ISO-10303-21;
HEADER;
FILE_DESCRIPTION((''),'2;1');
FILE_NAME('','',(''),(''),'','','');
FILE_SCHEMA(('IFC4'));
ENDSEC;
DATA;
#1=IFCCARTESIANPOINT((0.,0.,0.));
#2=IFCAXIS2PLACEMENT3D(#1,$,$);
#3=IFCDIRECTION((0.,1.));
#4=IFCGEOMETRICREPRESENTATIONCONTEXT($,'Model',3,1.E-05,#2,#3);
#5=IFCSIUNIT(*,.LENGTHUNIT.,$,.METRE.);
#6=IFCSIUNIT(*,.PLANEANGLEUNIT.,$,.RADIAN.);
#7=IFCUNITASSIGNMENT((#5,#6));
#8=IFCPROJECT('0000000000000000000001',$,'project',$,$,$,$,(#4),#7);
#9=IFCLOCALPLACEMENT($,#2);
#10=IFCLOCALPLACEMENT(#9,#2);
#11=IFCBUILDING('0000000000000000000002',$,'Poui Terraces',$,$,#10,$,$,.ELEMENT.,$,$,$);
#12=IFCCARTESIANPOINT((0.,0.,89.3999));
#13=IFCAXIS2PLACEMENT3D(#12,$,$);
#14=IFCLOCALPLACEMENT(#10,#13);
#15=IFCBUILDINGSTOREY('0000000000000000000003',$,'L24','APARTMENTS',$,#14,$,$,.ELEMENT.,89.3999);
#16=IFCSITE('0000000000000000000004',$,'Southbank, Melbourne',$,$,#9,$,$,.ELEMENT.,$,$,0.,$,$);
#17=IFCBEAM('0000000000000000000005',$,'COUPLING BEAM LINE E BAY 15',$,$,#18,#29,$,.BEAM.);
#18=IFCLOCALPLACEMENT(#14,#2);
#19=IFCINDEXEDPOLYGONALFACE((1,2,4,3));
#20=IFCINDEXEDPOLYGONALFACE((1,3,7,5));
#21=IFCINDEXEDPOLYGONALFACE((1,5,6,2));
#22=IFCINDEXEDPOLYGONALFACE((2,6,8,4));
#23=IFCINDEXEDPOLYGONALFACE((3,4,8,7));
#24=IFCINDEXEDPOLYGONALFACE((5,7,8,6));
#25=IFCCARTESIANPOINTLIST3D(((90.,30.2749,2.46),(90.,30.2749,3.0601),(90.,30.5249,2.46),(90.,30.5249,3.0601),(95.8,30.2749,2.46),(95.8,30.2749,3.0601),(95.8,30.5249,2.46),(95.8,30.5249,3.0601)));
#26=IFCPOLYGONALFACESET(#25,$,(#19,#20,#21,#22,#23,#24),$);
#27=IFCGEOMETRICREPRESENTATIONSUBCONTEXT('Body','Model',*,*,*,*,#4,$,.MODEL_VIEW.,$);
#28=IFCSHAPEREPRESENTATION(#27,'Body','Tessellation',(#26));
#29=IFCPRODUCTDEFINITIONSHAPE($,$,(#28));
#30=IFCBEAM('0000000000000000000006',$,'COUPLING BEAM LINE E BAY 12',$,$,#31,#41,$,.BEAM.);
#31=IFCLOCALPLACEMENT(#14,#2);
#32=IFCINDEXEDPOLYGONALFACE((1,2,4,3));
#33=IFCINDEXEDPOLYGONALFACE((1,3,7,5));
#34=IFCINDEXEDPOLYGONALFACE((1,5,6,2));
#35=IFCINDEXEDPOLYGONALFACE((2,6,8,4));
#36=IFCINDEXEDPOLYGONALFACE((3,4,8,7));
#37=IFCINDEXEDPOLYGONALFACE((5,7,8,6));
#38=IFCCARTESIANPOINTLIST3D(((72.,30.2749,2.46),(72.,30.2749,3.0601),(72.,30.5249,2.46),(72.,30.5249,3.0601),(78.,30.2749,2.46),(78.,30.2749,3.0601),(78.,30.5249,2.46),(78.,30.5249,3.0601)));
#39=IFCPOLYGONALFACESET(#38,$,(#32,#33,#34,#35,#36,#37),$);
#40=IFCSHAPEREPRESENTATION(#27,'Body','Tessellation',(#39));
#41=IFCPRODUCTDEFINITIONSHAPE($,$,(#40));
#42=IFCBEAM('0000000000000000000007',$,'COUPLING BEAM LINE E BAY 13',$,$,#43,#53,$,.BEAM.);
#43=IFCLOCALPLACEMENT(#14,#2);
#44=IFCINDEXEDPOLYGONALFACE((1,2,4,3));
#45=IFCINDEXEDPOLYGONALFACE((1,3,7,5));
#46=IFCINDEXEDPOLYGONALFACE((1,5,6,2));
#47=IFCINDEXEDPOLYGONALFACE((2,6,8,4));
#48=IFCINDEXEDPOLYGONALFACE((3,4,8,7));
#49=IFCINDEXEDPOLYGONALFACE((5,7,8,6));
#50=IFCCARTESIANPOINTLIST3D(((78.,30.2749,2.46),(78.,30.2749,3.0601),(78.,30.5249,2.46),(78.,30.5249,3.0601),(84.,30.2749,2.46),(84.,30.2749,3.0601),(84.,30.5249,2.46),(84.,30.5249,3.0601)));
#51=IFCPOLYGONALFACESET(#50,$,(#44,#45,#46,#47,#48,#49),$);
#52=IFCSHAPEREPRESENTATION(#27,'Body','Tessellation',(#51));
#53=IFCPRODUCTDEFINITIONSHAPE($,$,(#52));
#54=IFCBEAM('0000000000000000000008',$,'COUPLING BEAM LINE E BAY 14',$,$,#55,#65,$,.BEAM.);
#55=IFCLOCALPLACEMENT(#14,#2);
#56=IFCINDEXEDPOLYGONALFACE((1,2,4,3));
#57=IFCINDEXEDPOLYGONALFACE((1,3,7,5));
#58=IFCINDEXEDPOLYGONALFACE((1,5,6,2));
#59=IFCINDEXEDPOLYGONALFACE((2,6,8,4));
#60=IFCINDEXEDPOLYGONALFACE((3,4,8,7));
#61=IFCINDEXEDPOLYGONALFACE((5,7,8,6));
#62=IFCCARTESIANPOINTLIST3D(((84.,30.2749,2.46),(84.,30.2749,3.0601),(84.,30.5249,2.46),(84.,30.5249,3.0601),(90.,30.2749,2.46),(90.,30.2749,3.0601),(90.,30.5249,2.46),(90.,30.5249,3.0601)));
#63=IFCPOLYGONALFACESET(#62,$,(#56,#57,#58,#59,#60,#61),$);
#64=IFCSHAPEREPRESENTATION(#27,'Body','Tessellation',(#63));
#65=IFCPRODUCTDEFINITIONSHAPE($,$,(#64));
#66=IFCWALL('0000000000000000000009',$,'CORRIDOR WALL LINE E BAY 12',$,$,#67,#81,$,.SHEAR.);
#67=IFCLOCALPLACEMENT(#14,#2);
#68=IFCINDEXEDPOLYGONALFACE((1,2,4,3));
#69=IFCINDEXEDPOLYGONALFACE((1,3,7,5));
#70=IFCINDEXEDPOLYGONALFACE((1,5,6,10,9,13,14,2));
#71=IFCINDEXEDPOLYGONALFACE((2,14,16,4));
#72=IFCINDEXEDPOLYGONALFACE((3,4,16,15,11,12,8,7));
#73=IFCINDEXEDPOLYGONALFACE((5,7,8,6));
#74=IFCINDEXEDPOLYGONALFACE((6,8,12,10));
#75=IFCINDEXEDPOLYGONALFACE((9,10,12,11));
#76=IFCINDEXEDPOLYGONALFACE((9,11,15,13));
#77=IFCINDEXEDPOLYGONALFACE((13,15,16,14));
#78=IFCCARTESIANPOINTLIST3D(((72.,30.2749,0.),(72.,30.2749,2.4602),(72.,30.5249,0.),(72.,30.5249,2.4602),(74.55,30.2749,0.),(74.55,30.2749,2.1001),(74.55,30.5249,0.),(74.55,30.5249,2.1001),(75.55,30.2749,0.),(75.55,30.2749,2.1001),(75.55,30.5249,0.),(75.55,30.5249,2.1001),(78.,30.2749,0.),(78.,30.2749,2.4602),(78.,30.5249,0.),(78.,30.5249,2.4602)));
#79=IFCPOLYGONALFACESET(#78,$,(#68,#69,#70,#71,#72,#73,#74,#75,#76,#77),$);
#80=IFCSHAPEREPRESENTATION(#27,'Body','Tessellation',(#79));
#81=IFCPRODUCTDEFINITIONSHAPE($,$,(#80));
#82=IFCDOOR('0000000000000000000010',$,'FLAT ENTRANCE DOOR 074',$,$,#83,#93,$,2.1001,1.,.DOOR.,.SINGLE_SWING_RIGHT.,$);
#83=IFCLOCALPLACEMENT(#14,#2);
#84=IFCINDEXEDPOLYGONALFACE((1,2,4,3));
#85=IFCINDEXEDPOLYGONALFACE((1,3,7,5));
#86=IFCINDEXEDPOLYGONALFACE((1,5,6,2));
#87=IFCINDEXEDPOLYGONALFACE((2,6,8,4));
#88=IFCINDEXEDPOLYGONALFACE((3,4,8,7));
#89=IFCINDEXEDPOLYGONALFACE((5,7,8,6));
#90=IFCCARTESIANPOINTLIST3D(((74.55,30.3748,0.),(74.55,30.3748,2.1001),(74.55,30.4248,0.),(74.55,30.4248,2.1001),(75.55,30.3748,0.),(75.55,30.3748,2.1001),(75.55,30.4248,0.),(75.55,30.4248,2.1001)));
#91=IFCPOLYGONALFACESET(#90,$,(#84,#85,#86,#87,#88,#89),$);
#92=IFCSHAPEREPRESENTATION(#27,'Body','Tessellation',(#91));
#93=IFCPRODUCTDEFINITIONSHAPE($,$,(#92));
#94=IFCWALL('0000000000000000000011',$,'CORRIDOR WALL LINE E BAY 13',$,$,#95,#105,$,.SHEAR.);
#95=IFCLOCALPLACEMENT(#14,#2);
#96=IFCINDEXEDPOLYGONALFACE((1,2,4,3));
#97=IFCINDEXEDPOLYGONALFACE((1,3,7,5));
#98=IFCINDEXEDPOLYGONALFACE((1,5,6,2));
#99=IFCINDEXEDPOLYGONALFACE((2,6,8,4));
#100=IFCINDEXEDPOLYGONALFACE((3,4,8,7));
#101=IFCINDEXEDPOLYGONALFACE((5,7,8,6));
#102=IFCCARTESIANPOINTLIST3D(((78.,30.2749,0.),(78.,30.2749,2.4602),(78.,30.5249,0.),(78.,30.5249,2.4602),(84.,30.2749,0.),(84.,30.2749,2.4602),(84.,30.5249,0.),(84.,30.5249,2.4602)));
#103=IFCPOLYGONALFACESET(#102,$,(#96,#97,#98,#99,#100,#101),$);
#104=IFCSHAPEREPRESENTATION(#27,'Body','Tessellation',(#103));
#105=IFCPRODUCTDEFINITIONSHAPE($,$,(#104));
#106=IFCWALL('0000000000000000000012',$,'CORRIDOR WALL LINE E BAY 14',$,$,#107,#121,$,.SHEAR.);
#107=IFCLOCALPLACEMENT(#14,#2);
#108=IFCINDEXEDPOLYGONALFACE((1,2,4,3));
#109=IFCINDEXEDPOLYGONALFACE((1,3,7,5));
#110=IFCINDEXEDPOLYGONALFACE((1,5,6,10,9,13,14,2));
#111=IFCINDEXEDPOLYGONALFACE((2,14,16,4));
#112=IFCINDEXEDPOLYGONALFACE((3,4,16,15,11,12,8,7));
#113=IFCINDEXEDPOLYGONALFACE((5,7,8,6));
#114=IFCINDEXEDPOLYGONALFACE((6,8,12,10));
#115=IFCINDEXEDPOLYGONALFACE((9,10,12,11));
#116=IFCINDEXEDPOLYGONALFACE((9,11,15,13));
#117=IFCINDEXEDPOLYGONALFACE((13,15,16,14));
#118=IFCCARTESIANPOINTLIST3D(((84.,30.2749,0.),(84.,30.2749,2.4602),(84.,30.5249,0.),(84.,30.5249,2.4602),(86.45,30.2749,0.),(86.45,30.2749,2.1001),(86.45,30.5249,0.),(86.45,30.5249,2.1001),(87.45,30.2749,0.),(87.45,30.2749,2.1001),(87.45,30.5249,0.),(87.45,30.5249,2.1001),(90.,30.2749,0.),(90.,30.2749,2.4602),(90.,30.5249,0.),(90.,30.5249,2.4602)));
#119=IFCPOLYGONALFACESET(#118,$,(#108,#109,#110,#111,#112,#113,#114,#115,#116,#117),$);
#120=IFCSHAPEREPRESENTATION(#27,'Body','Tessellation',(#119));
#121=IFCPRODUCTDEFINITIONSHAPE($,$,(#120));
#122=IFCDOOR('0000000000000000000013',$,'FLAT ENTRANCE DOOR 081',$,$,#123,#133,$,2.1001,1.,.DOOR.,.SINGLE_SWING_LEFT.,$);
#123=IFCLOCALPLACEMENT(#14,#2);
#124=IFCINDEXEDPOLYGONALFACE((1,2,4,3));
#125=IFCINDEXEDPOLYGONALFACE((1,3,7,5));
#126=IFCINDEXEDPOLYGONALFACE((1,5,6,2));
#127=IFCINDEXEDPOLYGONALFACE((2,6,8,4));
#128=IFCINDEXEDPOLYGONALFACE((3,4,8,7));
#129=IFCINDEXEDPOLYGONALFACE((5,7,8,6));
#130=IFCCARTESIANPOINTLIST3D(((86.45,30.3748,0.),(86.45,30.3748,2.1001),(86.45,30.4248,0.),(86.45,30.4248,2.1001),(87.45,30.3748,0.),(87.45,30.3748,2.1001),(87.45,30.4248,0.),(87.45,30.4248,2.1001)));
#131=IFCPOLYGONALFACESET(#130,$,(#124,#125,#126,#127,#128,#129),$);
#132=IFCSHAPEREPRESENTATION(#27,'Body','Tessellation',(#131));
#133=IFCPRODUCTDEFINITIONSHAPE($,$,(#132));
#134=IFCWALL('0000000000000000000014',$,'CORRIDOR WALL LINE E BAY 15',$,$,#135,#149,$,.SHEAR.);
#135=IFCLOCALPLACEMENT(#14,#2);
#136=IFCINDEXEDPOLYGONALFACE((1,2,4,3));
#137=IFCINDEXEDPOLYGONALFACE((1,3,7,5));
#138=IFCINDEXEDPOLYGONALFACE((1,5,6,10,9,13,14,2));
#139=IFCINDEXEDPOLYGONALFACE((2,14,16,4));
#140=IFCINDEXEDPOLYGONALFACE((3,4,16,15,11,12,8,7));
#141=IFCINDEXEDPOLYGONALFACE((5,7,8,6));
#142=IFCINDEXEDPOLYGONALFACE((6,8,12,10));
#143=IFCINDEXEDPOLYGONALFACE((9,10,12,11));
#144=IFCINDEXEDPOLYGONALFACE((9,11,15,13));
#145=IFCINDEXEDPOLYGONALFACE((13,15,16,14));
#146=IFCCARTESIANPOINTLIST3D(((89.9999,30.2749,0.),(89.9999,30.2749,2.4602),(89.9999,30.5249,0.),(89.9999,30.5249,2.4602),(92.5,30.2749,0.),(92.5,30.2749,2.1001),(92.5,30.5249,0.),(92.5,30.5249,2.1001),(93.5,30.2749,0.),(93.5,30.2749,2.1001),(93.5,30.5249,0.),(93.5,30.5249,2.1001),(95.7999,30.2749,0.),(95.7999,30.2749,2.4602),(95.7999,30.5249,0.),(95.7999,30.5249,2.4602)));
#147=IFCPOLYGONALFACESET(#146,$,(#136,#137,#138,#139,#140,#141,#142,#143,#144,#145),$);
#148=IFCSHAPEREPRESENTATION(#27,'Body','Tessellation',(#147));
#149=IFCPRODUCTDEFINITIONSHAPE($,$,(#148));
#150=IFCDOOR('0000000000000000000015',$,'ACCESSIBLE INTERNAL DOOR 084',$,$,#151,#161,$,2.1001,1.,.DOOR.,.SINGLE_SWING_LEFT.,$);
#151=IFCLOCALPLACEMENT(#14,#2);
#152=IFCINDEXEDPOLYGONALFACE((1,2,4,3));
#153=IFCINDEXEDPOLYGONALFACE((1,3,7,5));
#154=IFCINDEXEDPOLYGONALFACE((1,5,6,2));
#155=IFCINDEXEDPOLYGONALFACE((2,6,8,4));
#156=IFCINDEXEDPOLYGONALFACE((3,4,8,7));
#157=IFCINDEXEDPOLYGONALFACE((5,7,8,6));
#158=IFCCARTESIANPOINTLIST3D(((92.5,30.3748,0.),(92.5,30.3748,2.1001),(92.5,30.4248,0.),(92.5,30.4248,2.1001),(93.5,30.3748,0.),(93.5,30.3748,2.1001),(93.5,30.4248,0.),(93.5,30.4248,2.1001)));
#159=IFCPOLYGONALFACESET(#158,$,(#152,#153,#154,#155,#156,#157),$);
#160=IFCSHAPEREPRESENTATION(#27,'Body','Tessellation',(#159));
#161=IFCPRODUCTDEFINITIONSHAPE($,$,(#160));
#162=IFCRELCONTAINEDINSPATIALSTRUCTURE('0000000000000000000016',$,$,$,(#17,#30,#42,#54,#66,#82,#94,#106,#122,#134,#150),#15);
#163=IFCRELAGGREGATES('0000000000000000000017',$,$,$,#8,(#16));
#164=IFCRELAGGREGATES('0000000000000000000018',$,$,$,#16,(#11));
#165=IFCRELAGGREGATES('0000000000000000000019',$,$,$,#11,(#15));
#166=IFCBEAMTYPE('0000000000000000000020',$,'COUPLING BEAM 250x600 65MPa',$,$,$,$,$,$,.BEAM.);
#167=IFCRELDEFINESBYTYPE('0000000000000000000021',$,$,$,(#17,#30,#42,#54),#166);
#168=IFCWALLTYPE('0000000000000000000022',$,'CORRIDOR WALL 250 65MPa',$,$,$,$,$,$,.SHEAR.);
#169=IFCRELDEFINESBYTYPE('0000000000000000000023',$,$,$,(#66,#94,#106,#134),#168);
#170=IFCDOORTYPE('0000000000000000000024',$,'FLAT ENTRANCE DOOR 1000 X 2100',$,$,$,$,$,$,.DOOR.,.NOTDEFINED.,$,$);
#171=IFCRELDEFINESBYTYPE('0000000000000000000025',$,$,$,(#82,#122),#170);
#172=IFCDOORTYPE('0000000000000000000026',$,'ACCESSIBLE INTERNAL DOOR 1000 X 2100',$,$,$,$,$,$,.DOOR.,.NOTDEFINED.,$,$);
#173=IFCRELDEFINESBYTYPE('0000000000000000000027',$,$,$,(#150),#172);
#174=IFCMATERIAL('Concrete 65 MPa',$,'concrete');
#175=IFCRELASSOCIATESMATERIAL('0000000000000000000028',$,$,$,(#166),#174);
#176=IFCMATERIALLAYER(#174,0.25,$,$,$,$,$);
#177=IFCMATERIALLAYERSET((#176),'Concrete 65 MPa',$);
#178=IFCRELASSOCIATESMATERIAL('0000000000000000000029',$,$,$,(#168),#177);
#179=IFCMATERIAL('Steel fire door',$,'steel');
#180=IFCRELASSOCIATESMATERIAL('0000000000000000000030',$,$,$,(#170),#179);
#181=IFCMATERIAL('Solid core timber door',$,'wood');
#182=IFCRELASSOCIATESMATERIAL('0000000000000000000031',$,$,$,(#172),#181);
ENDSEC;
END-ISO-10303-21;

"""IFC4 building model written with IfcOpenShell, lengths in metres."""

from ifc_helpers import new_model, si_unit, direction, frame, frame_2d, origin, origin_2d, place, context, subcontext, project, spatial, rectangle, extrude, source, transform, mapped, material, layer, layer_set, material_profile, profile_set, type_object, element, fill, save


model = new_model("IFC4")

# Units and contexts
model_context = context("Model", 3, precision=1e-05, world=origin(), true_north=direction((0.0, 1.0)))
body_context = subcontext(model_context, "Body", "Model", "MODEL_VIEW")
ifc_project = project(units=[si_unit("LENGTHUNIT", "METRE"), si_unit("PLANEANGLEUNIT", "RADIAN")], contexts=[model_context])

# Site, building, storey
site_placement = place(None, origin())
site = spatial("IfcSite", under=ifc_project, at=site_placement, Name="Southbank, Melbourne", CompositionType="ELEMENT", RefElevation=0.0)
building_placement = place(site_placement, origin())
building = spatial("IfcBuilding", under=site, at=building_placement, Name="Poui Terraces", CompositionType="ELEMENT")
storey_placement = place(building_placement, frame((0.0, 0.0, 89.3999)))
storey = spatial("IfcBuildingStorey", under=building, at=storey_placement, Name="L24", Description="APARTMENTS", CompositionType="ELEMENT", Elevation=89.3999)

# Beams
ifc_material_1 = material(Name="Concrete 65 MPa", Category="concrete")
ifc_material_profile = material_profile(ifc_material_1, rectangle(XDim=0.25, YDim=0.6001, at=origin_2d()), Name="RC 250x600")
ifc_profile_set = profile_set([ifc_material_profile], Name="Concrete 65 MPa")
beam_type = type_object("IfcBeamType", Name="COUPLING BEAM 250x600 65MPa", PredefinedType="BEAM", material=ifc_profile_set)
shared_shape_1 = source(origin(), body_context, "Body", "SweptSolid", [
    extrude(rectangle(XDim=0.25, YDim=0.6001, at=origin_2d()), origin(), (0.0, 0.0, 1.0), 5.8),
])
beam_placement = place(storey_placement, frame((90.0, 30.3999, 2.76), z_axis=(1.0, 0.0, 0.0), x_axis=(0.0, 1.0, 0.0)))
element("IfcBeam", 1, at=beam_placement, inside=storey, type_object=beam_type, Name="COUPLING BEAM LINE E BAY 15", PredefinedType="BEAM", context=body_context, shape_type="MappedRepresentation", body=[
    mapped(shared_shape_1, transform((0.0, 0.0, 0.0))),
])
shared_shape_2 = source(origin(), body_context, "Body", "SweptSolid", [
    extrude(rectangle(XDim=0.25, YDim=0.6001, at=origin_2d()), origin(), (0.0, 0.0, 1.0), 6.0),
])
for number, where, z_axis, x_axis, name in (
    (2, (72.0, 30.3999, 2.76), (1.0, 0.0, 0.0), (0.0, 1.0, 0.0), "COUPLING BEAM LINE E BAY 12"),
    (3, (78.0, 30.3999, 2.76), (1.0, 0.0, 0.0), (0.0, 1.0, 0.0), "COUPLING BEAM LINE E BAY 13"),
    (4, (84.0, 30.3999, 2.76), (1.0, 0.0, 0.0), (0.0, 1.0, 0.0), "COUPLING BEAM LINE E BAY 14"),
):
    element("IfcBeam", number, at=place(storey_placement, frame(where, z_axis=z_axis, x_axis=x_axis)), inside=storey, type_object=beam_type, Name=name, PredefinedType="BEAM", context=body_context, shape_type="MappedRepresentation", body=[
        mapped(shared_shape_2, transform((0.0, 0.0, 0.0))),
    ])

# Wall, opening, door
ifc_layer_1 = layer(ifc_material_1, 0.25)
ifc_layer_set_1 = layer_set([ifc_layer_1], Name="Concrete 65 MPa")
wall_type_1 = type_object("IfcWallType", Name="CORRIDOR WALL 250 65MPa", PredefinedType="SHEAR", material=ifc_layer_set_1)
wall_1_placement = place(storey_placement, frame((72.0, 30.3999, 0.0), z_axis=(0.0, 0.0, 1.0), x_axis=(1.0, 0.0, 0.0)))
wall_1 = element("IfcWall", 5, at=wall_1_placement, inside=storey, type_object=wall_type_1, Name="CORRIDOR WALL LINE E BAY 12", PredefinedType="SHEAR", context=body_context, shape_type="SweptSolid", body=[
    extrude(rectangle(XDim=6.0, YDim=0.25, at=frame_2d((3.0, 0.0))), origin(), (0.0, 0.0, 1.0), 2.4602),
])
opening_1_placement = place(wall_1_placement, frame((2.55, 0.0, 0.0)))
opening_1 = element("IfcOpeningElement", 6, at=opening_1_placement, cuts=wall_1, PredefinedType="OPENING", context=body_context, shape_type="SweptSolid", body=[
    extrude(rectangle(XDim=1.0, YDim=2.1001, at=frame_2d((0.5, 1.05))), frame((0.0, 0.135, 0.0), z_axis=(0.0, -1.0, 0.0), x_axis=(1.0, 0.0, 0.0)), (0.0, 0.0, 1.0), 0.27),
])
ifc_material_2 = material(Name="Steel fire door", Category="steel")
door_type_1 = type_object("IfcDoorType", Name="FLAT ENTRANCE DOOR 1000 X 2100", OperationType="NOTDEFINED", PredefinedType="DOOR", material=ifc_material_2)
door_1_placement = place(opening_1_placement, origin())
door_1 = element("IfcDoor", 7, at=door_1_placement, inside=storey, type_object=door_type_1, Name="FLAT ENTRANCE DOOR 074", OperationType="SINGLE_SWING_RIGHT", OverallHeight=2.1001, OverallWidth=1.0, PredefinedType="DOOR", context=body_context, shape_type="SweptSolid", body=[
    extrude(rectangle(XDim=1.0, YDim=2.1001, at=frame_2d((0.5, 1.05))), frame((0.0, 0.0249, 0.0), z_axis=(0.0, -1.0, 0.0), x_axis=(1.0, 0.0, 0.0)), (0.0, 0.0, 1.0), 0.05),
])
fill(opening_1, door_1)

# Wall
wall_2_placement = place(storey_placement, frame((78.0, 30.3999, 0.0), z_axis=(0.0, 0.0, 1.0), x_axis=(1.0, 0.0, 0.0)))
element("IfcWall", 8, at=wall_2_placement, inside=storey, type_object=wall_type_1, Name="CORRIDOR WALL LINE E BAY 13", PredefinedType="SHEAR", context=body_context, shape_type="SweptSolid", body=[
    extrude(rectangle(XDim=6.0, YDim=0.25, at=frame_2d((3.0, 0.0))), origin(), (0.0, 0.0, 1.0), 2.4602),
])

# Walls, openings, doors
wall_3_placement = place(storey_placement, frame((84.0, 30.3999, 0.0), z_axis=(0.0, 0.0, 1.0), x_axis=(1.0, 0.0, 0.0)))
wall_3 = element("IfcWall", 9, at=wall_3_placement, inside=storey, type_object=wall_type_1, Name="CORRIDOR WALL LINE E BAY 14", PredefinedType="SHEAR", context=body_context, shape_type="SweptSolid", body=[
    extrude(rectangle(XDim=6.0, YDim=0.25, at=frame_2d((3.0, 0.0))), origin(), (0.0, 0.0, 1.0), 2.4602),
])
opening_2_placement = place(wall_3_placement, frame((2.45, 0.0, 0.0)))
opening_2 = element("IfcOpeningElement", 10, at=opening_2_placement, cuts=wall_3, PredefinedType="OPENING", context=body_context, shape_type="SweptSolid", body=[
    extrude(rectangle(XDim=1.0, YDim=2.1001, at=frame_2d((0.5, 1.05))), frame((0.0, 0.135, 0.0), z_axis=(0.0, -1.0, 0.0), x_axis=(1.0, 0.0, 0.0)), (0.0, 0.0, 1.0), 0.27),
])
door_2_placement = place(opening_2_placement, origin())
door_2 = element("IfcDoor", 11, at=door_2_placement, inside=storey, type_object=door_type_1, Name="FLAT ENTRANCE DOOR 081", OperationType="SINGLE_SWING_LEFT", OverallHeight=2.1001, OverallWidth=1.0, PredefinedType="DOOR", context=body_context, shape_type="SweptSolid", body=[
    extrude(rectangle(XDim=1.0, YDim=2.1001, at=frame_2d((0.5, 1.05))), frame((0.0, 0.0249, 0.0), z_axis=(0.0, -1.0, 0.0), x_axis=(1.0, 0.0, 0.0)), (0.0, 0.0, 1.0), 0.05),
])
fill(opening_2, door_2)
wall_4_placement = place(storey_placement, frame((90.0, 30.3999, 0.0), z_axis=(0.0, 0.0, 1.0), x_axis=(1.0, 0.0, 0.0)))
wall_4 = element("IfcWall", 12, at=wall_4_placement, inside=storey, type_object=wall_type_1, Name="CORRIDOR WALL LINE E BAY 15", PredefinedType="SHEAR", context=body_context, shape_type="SweptSolid", body=[
    extrude(rectangle(XDim=5.8, YDim=0.25, at=frame_2d((2.8999, 0.0))), origin(), (0.0, 0.0, 1.0), 2.4602),
])
opening_3_placement = place(wall_4_placement, frame((2.5, 0.0, 0.0)))
opening_3 = element("IfcOpeningElement", 13, at=opening_3_placement, cuts=wall_4, PredefinedType="OPENING", context=body_context, shape_type="SweptSolid", body=[
    extrude(rectangle(XDim=1.0, YDim=2.1001, at=frame_2d((0.5, 1.05))), frame((0.0, 0.135, 0.0), z_axis=(0.0, -1.0, 0.0), x_axis=(1.0, 0.0, 0.0)), (0.0, 0.0, 1.0), 0.27),
])
ifc_material_3 = material(Name="Solid core timber door", Category="wood")
door_type_2 = type_object("IfcDoorType", Name="ACCESSIBLE INTERNAL DOOR 1000 X 2100", OperationType="NOTDEFINED", PredefinedType="DOOR", material=ifc_material_3)
door_3_placement = place(opening_3_placement, origin())
door_3 = element("IfcDoor", 14, at=door_3_placement, inside=storey, type_object=door_type_2, Name="ACCESSIBLE INTERNAL DOOR 084", OperationType="SINGLE_SWING_LEFT", OverallHeight=2.1001, OverallWidth=1.0, PredefinedType="DOOR", context=body_context, shape_type="SweptSolid", body=[
    extrude(rectangle(XDim=1.0, YDim=2.1001, at=frame_2d((0.5, 1.05))), frame((0.0, 0.0249, 0.0), z_axis=(0.0, -1.0, 0.0), x_axis=(1.0, 0.0, 0.0)), (0.0, 0.0, 1.0), 0.05),
])
fill(opening_3, door_3)

save(model, "model.ifc")
